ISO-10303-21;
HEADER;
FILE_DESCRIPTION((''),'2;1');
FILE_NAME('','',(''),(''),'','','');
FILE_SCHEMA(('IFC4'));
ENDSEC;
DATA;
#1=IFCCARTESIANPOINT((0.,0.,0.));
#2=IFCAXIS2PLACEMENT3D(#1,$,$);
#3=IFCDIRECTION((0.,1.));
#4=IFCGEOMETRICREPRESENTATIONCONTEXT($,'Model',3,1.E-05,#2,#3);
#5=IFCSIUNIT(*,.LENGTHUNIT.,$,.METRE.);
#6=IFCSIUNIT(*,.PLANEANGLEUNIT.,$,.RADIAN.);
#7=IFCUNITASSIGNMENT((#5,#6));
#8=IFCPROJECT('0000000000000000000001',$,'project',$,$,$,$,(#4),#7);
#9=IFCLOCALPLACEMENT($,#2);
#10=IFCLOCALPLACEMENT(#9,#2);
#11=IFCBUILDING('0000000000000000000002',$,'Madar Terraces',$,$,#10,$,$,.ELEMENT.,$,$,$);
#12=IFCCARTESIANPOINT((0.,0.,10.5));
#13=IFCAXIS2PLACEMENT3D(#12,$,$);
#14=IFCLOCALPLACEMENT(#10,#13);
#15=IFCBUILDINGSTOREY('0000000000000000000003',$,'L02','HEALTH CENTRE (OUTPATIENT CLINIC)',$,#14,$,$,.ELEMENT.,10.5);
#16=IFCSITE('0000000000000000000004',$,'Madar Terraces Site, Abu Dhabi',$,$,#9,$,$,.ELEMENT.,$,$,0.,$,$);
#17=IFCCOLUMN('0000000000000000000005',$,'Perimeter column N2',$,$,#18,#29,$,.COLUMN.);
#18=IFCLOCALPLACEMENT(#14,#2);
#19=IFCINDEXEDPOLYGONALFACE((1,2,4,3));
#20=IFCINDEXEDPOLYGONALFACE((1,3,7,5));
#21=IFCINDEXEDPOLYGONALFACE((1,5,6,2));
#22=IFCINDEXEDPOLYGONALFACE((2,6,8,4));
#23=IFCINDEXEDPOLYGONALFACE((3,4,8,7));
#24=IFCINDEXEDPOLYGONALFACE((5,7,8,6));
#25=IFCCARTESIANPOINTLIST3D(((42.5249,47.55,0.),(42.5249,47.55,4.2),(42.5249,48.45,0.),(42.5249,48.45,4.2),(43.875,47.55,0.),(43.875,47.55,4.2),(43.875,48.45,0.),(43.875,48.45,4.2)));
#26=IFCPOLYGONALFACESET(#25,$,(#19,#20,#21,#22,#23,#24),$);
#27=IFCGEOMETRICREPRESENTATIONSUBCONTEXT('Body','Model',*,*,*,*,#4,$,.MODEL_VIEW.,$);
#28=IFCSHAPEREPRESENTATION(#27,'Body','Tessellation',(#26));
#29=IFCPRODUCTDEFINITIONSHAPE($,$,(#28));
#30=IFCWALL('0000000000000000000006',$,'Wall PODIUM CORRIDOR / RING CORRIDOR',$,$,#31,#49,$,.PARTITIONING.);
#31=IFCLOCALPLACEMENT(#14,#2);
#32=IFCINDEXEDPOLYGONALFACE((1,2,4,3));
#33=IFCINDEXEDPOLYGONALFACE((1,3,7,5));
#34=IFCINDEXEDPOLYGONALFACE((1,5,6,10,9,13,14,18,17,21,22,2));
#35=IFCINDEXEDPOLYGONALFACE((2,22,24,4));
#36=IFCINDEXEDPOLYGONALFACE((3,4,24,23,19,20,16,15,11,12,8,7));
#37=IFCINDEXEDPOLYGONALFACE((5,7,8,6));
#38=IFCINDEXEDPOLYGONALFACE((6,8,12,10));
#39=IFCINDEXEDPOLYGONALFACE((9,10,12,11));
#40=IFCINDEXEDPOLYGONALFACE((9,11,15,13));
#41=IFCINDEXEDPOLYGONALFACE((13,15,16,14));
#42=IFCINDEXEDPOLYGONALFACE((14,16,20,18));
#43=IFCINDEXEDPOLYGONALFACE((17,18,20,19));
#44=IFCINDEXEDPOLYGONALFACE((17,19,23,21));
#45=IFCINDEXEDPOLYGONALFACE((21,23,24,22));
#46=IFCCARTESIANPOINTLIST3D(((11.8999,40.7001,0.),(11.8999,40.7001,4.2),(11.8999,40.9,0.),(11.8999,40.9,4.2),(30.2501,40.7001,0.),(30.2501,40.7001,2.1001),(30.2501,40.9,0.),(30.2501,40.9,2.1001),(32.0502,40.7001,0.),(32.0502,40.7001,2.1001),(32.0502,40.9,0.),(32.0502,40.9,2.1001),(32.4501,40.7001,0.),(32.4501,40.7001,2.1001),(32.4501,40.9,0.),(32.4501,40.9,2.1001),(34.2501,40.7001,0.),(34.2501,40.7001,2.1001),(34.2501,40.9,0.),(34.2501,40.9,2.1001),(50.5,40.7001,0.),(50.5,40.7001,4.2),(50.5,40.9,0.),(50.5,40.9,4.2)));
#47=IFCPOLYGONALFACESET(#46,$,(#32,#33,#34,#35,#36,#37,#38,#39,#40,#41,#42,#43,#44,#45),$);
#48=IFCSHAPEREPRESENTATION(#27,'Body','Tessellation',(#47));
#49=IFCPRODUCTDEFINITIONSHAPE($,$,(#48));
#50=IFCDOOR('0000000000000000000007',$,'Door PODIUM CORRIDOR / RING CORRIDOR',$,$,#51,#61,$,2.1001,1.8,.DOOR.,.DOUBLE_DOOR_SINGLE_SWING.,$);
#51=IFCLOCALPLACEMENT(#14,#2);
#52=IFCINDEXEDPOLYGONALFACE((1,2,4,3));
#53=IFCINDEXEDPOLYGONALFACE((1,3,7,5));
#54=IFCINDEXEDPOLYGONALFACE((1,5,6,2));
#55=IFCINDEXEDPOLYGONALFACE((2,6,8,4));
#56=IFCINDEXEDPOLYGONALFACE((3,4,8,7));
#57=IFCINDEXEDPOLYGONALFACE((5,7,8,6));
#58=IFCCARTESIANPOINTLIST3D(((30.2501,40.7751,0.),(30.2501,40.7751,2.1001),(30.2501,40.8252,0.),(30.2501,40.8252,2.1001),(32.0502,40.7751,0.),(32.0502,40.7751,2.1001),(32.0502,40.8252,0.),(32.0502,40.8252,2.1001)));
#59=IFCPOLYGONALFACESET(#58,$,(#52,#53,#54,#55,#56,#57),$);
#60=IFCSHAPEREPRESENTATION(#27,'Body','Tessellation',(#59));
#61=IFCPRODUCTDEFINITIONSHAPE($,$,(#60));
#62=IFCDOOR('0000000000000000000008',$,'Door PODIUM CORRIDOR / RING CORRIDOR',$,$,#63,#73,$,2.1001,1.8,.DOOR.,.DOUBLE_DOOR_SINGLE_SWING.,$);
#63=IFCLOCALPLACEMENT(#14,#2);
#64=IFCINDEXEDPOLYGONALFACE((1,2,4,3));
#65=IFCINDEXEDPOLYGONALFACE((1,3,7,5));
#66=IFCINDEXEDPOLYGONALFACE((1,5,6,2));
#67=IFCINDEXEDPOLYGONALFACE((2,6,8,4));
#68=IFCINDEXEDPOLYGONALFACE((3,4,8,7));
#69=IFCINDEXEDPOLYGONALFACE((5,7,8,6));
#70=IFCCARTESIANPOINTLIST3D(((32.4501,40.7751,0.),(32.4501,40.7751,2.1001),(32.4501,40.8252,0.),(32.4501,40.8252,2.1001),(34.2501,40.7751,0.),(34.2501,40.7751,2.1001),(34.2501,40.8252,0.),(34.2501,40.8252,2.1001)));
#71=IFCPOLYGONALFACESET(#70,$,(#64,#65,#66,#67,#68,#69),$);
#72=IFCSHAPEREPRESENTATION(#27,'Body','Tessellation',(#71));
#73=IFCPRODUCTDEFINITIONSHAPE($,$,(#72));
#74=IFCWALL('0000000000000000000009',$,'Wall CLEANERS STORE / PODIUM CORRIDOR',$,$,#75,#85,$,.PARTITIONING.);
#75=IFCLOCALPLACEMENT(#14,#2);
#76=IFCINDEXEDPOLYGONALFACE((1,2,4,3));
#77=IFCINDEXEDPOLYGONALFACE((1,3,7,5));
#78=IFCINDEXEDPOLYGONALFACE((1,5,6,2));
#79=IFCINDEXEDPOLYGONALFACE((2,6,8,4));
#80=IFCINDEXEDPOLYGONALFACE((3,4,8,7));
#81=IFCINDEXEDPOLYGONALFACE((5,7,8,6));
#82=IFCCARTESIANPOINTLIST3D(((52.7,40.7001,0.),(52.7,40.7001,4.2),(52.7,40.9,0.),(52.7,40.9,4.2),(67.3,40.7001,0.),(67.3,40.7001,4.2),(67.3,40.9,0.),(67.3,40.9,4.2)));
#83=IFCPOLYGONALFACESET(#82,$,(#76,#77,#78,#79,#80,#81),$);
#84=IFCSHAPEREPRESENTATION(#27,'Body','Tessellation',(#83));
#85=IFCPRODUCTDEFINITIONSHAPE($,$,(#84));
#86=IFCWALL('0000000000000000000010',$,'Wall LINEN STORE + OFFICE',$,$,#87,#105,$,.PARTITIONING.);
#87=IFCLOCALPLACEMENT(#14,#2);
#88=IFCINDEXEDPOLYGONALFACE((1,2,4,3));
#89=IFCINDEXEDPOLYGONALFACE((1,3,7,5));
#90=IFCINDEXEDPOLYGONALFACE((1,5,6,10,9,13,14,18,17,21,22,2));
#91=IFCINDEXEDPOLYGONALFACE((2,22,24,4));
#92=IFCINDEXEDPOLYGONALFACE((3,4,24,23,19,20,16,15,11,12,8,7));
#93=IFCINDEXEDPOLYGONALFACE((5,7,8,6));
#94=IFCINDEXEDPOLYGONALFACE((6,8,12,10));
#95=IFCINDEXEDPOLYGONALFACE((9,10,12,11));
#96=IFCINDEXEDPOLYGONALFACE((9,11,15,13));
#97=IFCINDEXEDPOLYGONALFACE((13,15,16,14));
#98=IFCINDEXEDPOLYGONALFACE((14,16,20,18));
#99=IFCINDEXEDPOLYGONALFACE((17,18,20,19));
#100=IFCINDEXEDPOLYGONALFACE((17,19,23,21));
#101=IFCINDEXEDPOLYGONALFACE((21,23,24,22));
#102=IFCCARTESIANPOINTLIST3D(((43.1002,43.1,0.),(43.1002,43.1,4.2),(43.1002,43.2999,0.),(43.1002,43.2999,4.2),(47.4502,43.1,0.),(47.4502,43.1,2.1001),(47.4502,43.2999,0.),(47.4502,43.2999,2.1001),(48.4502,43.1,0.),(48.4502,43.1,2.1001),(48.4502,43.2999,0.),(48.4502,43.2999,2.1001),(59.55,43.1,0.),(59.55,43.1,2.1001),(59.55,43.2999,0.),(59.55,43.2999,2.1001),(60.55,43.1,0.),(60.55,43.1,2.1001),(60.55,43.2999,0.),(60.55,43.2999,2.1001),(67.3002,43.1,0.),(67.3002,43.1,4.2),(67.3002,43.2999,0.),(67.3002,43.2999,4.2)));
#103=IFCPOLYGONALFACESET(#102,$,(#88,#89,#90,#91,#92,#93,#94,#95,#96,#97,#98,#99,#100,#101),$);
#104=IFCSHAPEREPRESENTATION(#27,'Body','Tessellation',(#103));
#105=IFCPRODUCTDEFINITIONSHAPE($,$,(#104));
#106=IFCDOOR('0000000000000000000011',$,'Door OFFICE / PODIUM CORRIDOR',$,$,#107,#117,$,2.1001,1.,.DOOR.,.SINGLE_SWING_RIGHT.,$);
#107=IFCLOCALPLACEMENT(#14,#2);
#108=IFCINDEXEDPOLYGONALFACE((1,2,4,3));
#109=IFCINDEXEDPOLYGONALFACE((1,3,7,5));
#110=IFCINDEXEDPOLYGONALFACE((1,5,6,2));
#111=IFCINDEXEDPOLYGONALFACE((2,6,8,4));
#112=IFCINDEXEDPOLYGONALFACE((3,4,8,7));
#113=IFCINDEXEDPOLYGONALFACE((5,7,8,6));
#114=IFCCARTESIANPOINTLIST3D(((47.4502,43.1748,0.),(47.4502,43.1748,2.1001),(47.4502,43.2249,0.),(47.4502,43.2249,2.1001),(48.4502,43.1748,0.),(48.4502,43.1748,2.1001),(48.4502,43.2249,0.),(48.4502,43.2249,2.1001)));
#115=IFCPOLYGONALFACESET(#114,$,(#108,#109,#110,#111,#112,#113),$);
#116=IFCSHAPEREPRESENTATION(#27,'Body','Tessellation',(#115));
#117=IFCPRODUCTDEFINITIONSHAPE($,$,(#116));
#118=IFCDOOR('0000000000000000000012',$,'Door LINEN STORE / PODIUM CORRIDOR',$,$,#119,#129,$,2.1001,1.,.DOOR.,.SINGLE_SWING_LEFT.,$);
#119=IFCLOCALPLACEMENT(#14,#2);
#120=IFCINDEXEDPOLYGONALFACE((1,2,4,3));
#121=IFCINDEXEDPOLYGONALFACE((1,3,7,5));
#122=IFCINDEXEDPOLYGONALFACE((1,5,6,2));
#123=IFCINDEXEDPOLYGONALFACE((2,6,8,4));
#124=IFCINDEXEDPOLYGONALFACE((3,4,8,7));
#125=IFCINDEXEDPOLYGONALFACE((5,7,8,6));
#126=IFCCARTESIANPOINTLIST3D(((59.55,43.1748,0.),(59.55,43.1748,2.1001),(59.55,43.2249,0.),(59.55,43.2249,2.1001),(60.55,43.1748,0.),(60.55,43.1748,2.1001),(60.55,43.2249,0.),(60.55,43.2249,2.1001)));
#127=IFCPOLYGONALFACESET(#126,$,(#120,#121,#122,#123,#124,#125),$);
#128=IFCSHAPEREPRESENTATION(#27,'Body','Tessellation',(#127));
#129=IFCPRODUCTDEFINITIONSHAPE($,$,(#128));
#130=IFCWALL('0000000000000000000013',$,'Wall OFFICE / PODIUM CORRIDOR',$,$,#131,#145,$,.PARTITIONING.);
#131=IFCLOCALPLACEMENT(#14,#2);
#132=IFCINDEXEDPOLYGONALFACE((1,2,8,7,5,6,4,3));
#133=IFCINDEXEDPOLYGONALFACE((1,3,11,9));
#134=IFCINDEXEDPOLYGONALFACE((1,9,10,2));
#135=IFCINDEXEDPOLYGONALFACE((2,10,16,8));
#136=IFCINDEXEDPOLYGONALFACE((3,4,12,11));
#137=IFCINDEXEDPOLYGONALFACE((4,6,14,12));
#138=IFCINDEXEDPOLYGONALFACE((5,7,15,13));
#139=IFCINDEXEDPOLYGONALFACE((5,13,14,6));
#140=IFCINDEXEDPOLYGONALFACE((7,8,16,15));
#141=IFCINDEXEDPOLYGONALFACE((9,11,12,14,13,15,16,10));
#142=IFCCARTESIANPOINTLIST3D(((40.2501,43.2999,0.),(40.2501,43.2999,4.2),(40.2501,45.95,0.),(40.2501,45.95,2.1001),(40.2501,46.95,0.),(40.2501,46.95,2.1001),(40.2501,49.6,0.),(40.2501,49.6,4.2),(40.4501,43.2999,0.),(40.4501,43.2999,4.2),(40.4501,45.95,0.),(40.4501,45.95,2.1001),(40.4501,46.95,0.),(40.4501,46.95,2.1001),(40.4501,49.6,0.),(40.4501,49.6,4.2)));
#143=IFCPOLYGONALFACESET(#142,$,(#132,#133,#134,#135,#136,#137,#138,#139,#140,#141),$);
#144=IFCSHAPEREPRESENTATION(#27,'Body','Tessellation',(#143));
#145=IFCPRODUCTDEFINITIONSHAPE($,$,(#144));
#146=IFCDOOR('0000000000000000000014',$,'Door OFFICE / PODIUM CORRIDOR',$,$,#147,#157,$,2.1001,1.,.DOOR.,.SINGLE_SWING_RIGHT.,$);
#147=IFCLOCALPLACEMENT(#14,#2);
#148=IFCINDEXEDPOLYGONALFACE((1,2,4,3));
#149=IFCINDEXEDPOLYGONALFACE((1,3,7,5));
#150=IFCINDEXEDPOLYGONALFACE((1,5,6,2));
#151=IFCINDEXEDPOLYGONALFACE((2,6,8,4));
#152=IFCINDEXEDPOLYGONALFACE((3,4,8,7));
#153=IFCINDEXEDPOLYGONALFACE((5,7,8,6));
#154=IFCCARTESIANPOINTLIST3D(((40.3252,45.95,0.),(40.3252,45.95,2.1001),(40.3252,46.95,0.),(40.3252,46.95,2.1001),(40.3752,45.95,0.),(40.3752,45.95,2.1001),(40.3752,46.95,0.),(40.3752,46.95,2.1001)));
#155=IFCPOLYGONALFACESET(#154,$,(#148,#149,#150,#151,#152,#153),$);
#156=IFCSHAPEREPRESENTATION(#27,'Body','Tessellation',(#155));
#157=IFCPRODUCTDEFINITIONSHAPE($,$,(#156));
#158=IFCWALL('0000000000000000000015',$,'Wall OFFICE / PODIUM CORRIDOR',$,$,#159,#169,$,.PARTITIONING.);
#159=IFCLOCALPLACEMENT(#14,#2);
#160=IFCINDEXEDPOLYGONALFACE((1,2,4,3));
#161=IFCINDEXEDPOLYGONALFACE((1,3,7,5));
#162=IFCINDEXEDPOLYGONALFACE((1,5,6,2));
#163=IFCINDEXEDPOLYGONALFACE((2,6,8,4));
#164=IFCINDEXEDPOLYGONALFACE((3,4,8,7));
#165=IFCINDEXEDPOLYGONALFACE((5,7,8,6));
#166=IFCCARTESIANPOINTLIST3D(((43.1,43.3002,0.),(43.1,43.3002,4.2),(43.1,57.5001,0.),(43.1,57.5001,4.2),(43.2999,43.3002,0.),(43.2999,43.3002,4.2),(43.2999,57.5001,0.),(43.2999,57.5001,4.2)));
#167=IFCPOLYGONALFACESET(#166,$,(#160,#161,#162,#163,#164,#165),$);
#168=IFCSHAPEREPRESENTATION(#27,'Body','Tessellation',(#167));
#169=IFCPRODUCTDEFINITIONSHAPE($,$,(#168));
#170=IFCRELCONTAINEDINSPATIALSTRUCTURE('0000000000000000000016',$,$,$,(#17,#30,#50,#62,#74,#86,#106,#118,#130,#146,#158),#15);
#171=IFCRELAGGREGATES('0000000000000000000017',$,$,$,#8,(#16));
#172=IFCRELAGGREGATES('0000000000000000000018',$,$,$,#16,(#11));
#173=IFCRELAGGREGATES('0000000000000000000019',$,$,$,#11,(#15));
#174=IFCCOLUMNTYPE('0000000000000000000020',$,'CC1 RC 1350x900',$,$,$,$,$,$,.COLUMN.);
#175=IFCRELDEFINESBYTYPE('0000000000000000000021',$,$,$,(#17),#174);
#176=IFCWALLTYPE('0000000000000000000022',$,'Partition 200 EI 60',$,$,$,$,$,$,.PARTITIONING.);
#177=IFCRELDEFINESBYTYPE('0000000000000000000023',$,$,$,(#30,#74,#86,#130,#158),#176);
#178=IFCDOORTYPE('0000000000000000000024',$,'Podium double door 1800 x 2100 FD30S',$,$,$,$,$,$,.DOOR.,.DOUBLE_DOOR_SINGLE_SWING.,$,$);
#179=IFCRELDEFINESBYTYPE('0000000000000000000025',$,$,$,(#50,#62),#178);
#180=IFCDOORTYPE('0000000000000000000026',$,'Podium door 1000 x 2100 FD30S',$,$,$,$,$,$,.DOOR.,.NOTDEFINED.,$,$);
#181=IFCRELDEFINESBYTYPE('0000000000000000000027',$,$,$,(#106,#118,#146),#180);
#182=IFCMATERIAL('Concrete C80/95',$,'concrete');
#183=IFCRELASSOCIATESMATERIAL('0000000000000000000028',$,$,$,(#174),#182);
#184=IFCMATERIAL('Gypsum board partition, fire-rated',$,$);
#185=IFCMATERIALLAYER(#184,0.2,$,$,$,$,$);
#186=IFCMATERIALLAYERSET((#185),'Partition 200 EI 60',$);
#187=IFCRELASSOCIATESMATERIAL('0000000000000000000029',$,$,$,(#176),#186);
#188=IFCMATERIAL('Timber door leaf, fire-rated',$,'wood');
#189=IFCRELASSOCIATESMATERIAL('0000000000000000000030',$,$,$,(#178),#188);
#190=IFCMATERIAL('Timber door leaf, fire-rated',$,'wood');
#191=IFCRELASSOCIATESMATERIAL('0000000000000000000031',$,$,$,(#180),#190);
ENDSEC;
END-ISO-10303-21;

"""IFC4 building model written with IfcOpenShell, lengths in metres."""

from ifc_helpers import new_model, si_unit, direction, frame, frame_2d, origin, origin_2d, place, context, subcontext, project, spatial, rectangle, extrude, material, layer, layer_set, material_profile, profile_set, type_object, element, fill, save


model = new_model("IFC4")

# Units and contexts
model_context = context("Model", 3, precision=1e-05, world=origin(), true_north=direction((0.0, 1.0)))
body_context = subcontext(model_context, "Body", "Model", "MODEL_VIEW")
ifc_project = project(units=[si_unit("LENGTHUNIT", "METRE"), si_unit("PLANEANGLEUNIT", "RADIAN")], contexts=[model_context])

# Site, building, storey
site_placement = place(None, origin())
site = spatial("IfcSite", under=ifc_project, at=site_placement, Name="Madar Terraces Site, Abu Dhabi", CompositionType="ELEMENT", RefElevation=0.0)
building_placement = place(site_placement, origin())
building = spatial("IfcBuilding", under=site, at=building_placement, Name="Madar Terraces", CompositionType="ELEMENT")
storey_placement = place(building_placement, frame((0.0, 0.0, 10.5)))
storey = spatial("IfcBuildingStorey", under=building, at=storey_placement, Name="L02", Description="HEALTH CENTRE (OUTPATIENT CLINIC)", CompositionType="ELEMENT", Elevation=10.5)

# Column
ifc_material_1 = material(Name="Concrete C80/95", Category="concrete")
ifc_material_profile = material_profile(ifc_material_1, rectangle(XDim=1.3501, YDim=0.8999, at=origin_2d()), Name="CC1 RC 1350x900")
ifc_profile_set = profile_set([ifc_material_profile], Name="Concrete C80/95")
column_type = type_object("IfcColumnType", Name="CC1 RC 1350x900", PredefinedType="COLUMN", material=ifc_profile_set)
column_placement = place(storey_placement, frame((43.2, 48.0, 0.0), z_axis=(0.0, 0.0, 1.0), x_axis=(1.0, 0.0, 0.0)))
element("IfcColumn", 1, at=column_placement, inside=storey, type_object=column_type, Name="Perimeter column N2", PredefinedType="COLUMN", context=body_context, shape_type="SweptSolid", body=[
    extrude(rectangle(XDim=1.3501, YDim=0.8999, at=origin_2d()), origin(), (0.0, 0.0, 1.0), 4.2),
])

# Wall, openings, doors
ifc_material_2 = material(Name="Gypsum board partition, fire-rated")
ifc_layer_1 = layer(ifc_material_2, 0.2)
ifc_layer_set_1 = layer_set([ifc_layer_1], Name="Partition 200 EI 60")
wall_type_1 = type_object("IfcWallType", Name="Partition 200 EI 60", PredefinedType="PARTITIONING", material=ifc_layer_set_1)
wall_1_placement = place(storey_placement, frame((50.5, 40.8, 0.0), z_axis=(0.0, 0.0, 1.0), x_axis=(-1.0, 0.0, 0.0)))
wall_1 = element("IfcWall", 2, at=wall_1_placement, inside=storey, type_object=wall_type_1, Name="Wall PODIUM CORRIDOR / RING CORRIDOR", PredefinedType="PARTITIONING", context=body_context, shape_type="SweptSolid", body=[
    extrude(rectangle(XDim=38.6001, YDim=0.2, at=frame_2d((19.3, 0.0))), origin(), (0.0, 0.0, 1.0), 4.2),
])
opening_1_placement = place(wall_1_placement, frame((18.45, 0.0, 0.0)))
opening_1 = element("IfcOpeningElement", 3, at=opening_1_placement, cuts=wall_1, PredefinedType="OPENING", context=body_context, shape_type="SweptSolid", body=[
    extrude(rectangle(XDim=1.8, YDim=2.1001, at=frame_2d((0.8999, 1.05))), frame((0.0, 0.1099, 0.0), z_axis=(0.0, -1.0, 0.0), x_axis=(1.0, 0.0, 0.0)), (0.0, 0.0, 1.0), 0.22),
])
opening_2_placement = place(wall_1_placement, frame((16.25, 0.0, 0.0)))
opening_2 = element("IfcOpeningElement", 4, at=opening_2_placement, cuts=wall_1, PredefinedType="OPENING", context=body_context, shape_type="SweptSolid", body=[
    extrude(rectangle(XDim=1.8, YDim=2.1001, at=frame_2d((0.8999, 1.05))), frame((0.0, 0.1099, 0.0), z_axis=(0.0, -1.0, 0.0), x_axis=(1.0, 0.0, 0.0)), (0.0, 0.0, 1.0), 0.22),
])
ifc_material_3 = material(Name="Timber door leaf, fire-rated", Category="wood")
door_type_1 = type_object("IfcDoorType", Name="Podium double door 1800 x 2100 FD30S", OperationType="DOUBLE_DOOR_SINGLE_SWING", PredefinedType="DOOR", material=ifc_material_3)
door_1_placement = place(opening_1_placement, origin())
door_1 = element("IfcDoor", 5, at=door_1_placement, inside=storey, type_object=door_type_1, Name="Door PODIUM CORRIDOR / RING CORRIDOR", OperationType="DOUBLE_DOOR_SINGLE_SWING", OverallHeight=2.1001, OverallWidth=1.8, PredefinedType="DOOR", context=body_context, shape_type="SweptSolid", body=[
    extrude(rectangle(XDim=1.8, YDim=2.1001, at=frame_2d((0.8999, 1.05))), frame((0.0, 0.0249, 0.0), z_axis=(0.0, -1.0, 0.0), x_axis=(1.0, 0.0, 0.0)), (0.0, 0.0, 1.0), 0.05),
])
fill(opening_1, door_1)
door_2_placement = place(opening_2_placement, origin())
door_2 = element("IfcDoor", 6, at=door_2_placement, inside=storey, type_object=door_type_1, Name="Door PODIUM CORRIDOR / RING CORRIDOR", OperationType="DOUBLE_DOOR_SINGLE_SWING", OverallHeight=2.1001, OverallWidth=1.8, PredefinedType="DOOR", context=body_context, shape_type="SweptSolid", body=[
    extrude(rectangle(XDim=1.8, YDim=2.1001, at=frame_2d((0.8999, 1.05))), frame((0.0, 0.0249, 0.0), z_axis=(0.0, -1.0, 0.0), x_axis=(1.0, 0.0, 0.0)), (0.0, 0.0, 1.0), 0.05),
])
fill(opening_2, door_2)

# Wall
wall_2_placement = place(storey_placement, frame((52.7, 40.8, 0.0), z_axis=(0.0, 0.0, 1.0), x_axis=(1.0, 0.0, 0.0)))
element("IfcWall", 7, at=wall_2_placement, inside=storey, type_object=wall_type_1, Name="Wall CLEANERS STORE / PODIUM CORRIDOR", PredefinedType="PARTITIONING", context=body_context, shape_type="SweptSolid", body=[
    extrude(rectangle(XDim=14.6001, YDim=0.2, at=frame_2d((7.3, 0.0))), origin(), (0.0, 0.0, 1.0), 4.2),
])

# Wall, openings, doors
wall_3_placement = place(storey_placement, frame((43.1001, 43.2, 0.0), z_axis=(0.0, 0.0, 1.0), x_axis=(1.0, 0.0, 0.0)))
wall_3 = element("IfcWall", 8, at=wall_3_placement, inside=storey, type_object=wall_type_1, Name="Wall LINEN STORE + OFFICE", PredefinedType="PARTITIONING", context=body_context, shape_type="SweptSolid", body=[
    extrude(rectangle(XDim=24.2, YDim=0.2, at=frame_2d((12.1001, 0.0))), origin(), (0.0, 0.0, 1.0), 4.2),
])
opening_3_placement = place(wall_3_placement, frame((4.3501, 0.0, 0.0)))
opening_3 = element("IfcOpeningElement", 9, at=opening_3_placement, cuts=wall_3, PredefinedType="OPENING", context=body_context, shape_type="SweptSolid", body=[
    extrude(rectangle(XDim=1.0, YDim=2.1001, at=frame_2d((0.5, 1.05))), frame((0.0, 0.1099, 0.0), z_axis=(0.0, -1.0, 0.0), x_axis=(1.0, 0.0, 0.0)), (0.0, 0.0, 1.0), 0.22),
])
opening_4_placement = place(wall_3_placement, frame((16.45, 0.0, 0.0)))
opening_4 = element("IfcOpeningElement", 10, at=opening_4_placement, cuts=wall_3, PredefinedType="OPENING", context=body_context, shape_type="SweptSolid", body=[
    extrude(rectangle(XDim=1.0, YDim=2.1001, at=frame_2d((0.5, 1.05))), frame((0.0, 0.1099, 0.0), z_axis=(0.0, -1.0, 0.0), x_axis=(1.0, 0.0, 0.0)), (0.0, 0.0, 1.0), 0.22),
])
ifc_material_4 = material(Name="Timber door leaf, fire-rated", Category="wood")
door_type_2 = type_object("IfcDoorType", Name="Podium door 1000 x 2100 FD30S", OperationType="NOTDEFINED", PredefinedType="DOOR", material=ifc_material_4)
door_3_placement = place(opening_3_placement, origin())
door_3 = element("IfcDoor", 11, at=door_3_placement, inside=storey, type_object=door_type_2, Name="Door OFFICE / PODIUM CORRIDOR", OperationType="SINGLE_SWING_RIGHT", OverallHeight=2.1001, OverallWidth=1.0, PredefinedType="DOOR", context=body_context, shape_type="SweptSolid", body=[
    extrude(rectangle(XDim=1.0, YDim=2.1001, at=frame_2d((0.5, 1.05))), frame((0.0, 0.0249, 0.0), z_axis=(0.0, -1.0, 0.0), x_axis=(1.0, 0.0, 0.0)), (0.0, 0.0, 1.0), 0.05),
])
fill(opening_3, door_3)
door_4_placement = place(opening_4_placement, origin())
door_4 = element("IfcDoor", 12, at=door_4_placement, inside=storey, type_object=door_type_2, Name="Door LINEN STORE / PODIUM CORRIDOR", OperationType="SINGLE_SWING_LEFT", OverallHeight=2.1001, OverallWidth=1.0, PredefinedType="DOOR", context=body_context, shape_type="SweptSolid", body=[
    extrude(rectangle(XDim=1.0, YDim=2.1001, at=frame_2d((0.5, 1.05))), frame((0.0, 0.0249, 0.0), z_axis=(0.0, -1.0, 0.0), x_axis=(1.0, 0.0, 0.0)), (0.0, 0.0, 1.0), 0.05),
])
fill(opening_4, door_4)

# Wall, opening, door
wall_4_placement = place(storey_placement, frame((40.3501, 43.3, 0.0), z_axis=(0.0, 0.0, 1.0), x_axis=(0.0, 1.0, 0.0)))
wall_4 = element("IfcWall", 13, at=wall_4_placement, inside=storey, type_object=wall_type_1, Name="Wall OFFICE / PODIUM CORRIDOR", PredefinedType="PARTITIONING", context=body_context, shape_type="SweptSolid", body=[
    extrude(rectangle(XDim=6.3, YDim=0.2, at=frame_2d((3.1499, 0.0))), origin(), (0.0, 0.0, 1.0), 4.2),
])
opening_5_placement = place(wall_4_placement, frame((2.6499, 0.0, 0.0)))
opening_5 = element("IfcOpeningElement", 14, at=opening_5_placement, cuts=wall_4, PredefinedType="OPENING", context=body_context, shape_type="SweptSolid", body=[
    extrude(rectangle(XDim=1.0, YDim=2.1001, at=frame_2d((0.5, 1.05))), frame((0.0, 0.1099, 0.0), z_axis=(0.0, -1.0, 0.0), x_axis=(1.0, 0.0, 0.0)), (0.0, 0.0, 1.0), 0.22),
])
door_5_placement = place(opening_5_placement, origin())
door_5 = element("IfcDoor", 15, at=door_5_placement, inside=storey, type_object=door_type_2, Name="Door OFFICE / PODIUM CORRIDOR", OperationType="SINGLE_SWING_RIGHT", OverallHeight=2.1001, OverallWidth=1.0, PredefinedType="DOOR", context=body_context, shape_type="SweptSolid", body=[
    extrude(rectangle(XDim=1.0, YDim=2.1001, at=frame_2d((0.5, 1.05))), frame((0.0, 0.0249, 0.0), z_axis=(0.0, -1.0, 0.0), x_axis=(1.0, 0.0, 0.0)), (0.0, 0.0, 1.0), 0.05),
])
fill(opening_5, door_5)

# Wall
wall_5_placement = place(storey_placement, frame((43.2, 43.3, 0.0), z_axis=(0.0, 0.0, 1.0), x_axis=(0.0, 1.0, 0.0)))
element("IfcWall", 16, at=wall_5_placement, inside=storey, type_object=wall_type_1, Name="Wall OFFICE / PODIUM CORRIDOR", PredefinedType="PARTITIONING", context=body_context, shape_type="SweptSolid", body=[
    extrude(rectangle(XDim=14.2, YDim=0.2, at=frame_2d((7.1001, 0.0))), origin(), (0.0, 0.0, 1.0), 4.2),
])

save(model, "model.ifc")
